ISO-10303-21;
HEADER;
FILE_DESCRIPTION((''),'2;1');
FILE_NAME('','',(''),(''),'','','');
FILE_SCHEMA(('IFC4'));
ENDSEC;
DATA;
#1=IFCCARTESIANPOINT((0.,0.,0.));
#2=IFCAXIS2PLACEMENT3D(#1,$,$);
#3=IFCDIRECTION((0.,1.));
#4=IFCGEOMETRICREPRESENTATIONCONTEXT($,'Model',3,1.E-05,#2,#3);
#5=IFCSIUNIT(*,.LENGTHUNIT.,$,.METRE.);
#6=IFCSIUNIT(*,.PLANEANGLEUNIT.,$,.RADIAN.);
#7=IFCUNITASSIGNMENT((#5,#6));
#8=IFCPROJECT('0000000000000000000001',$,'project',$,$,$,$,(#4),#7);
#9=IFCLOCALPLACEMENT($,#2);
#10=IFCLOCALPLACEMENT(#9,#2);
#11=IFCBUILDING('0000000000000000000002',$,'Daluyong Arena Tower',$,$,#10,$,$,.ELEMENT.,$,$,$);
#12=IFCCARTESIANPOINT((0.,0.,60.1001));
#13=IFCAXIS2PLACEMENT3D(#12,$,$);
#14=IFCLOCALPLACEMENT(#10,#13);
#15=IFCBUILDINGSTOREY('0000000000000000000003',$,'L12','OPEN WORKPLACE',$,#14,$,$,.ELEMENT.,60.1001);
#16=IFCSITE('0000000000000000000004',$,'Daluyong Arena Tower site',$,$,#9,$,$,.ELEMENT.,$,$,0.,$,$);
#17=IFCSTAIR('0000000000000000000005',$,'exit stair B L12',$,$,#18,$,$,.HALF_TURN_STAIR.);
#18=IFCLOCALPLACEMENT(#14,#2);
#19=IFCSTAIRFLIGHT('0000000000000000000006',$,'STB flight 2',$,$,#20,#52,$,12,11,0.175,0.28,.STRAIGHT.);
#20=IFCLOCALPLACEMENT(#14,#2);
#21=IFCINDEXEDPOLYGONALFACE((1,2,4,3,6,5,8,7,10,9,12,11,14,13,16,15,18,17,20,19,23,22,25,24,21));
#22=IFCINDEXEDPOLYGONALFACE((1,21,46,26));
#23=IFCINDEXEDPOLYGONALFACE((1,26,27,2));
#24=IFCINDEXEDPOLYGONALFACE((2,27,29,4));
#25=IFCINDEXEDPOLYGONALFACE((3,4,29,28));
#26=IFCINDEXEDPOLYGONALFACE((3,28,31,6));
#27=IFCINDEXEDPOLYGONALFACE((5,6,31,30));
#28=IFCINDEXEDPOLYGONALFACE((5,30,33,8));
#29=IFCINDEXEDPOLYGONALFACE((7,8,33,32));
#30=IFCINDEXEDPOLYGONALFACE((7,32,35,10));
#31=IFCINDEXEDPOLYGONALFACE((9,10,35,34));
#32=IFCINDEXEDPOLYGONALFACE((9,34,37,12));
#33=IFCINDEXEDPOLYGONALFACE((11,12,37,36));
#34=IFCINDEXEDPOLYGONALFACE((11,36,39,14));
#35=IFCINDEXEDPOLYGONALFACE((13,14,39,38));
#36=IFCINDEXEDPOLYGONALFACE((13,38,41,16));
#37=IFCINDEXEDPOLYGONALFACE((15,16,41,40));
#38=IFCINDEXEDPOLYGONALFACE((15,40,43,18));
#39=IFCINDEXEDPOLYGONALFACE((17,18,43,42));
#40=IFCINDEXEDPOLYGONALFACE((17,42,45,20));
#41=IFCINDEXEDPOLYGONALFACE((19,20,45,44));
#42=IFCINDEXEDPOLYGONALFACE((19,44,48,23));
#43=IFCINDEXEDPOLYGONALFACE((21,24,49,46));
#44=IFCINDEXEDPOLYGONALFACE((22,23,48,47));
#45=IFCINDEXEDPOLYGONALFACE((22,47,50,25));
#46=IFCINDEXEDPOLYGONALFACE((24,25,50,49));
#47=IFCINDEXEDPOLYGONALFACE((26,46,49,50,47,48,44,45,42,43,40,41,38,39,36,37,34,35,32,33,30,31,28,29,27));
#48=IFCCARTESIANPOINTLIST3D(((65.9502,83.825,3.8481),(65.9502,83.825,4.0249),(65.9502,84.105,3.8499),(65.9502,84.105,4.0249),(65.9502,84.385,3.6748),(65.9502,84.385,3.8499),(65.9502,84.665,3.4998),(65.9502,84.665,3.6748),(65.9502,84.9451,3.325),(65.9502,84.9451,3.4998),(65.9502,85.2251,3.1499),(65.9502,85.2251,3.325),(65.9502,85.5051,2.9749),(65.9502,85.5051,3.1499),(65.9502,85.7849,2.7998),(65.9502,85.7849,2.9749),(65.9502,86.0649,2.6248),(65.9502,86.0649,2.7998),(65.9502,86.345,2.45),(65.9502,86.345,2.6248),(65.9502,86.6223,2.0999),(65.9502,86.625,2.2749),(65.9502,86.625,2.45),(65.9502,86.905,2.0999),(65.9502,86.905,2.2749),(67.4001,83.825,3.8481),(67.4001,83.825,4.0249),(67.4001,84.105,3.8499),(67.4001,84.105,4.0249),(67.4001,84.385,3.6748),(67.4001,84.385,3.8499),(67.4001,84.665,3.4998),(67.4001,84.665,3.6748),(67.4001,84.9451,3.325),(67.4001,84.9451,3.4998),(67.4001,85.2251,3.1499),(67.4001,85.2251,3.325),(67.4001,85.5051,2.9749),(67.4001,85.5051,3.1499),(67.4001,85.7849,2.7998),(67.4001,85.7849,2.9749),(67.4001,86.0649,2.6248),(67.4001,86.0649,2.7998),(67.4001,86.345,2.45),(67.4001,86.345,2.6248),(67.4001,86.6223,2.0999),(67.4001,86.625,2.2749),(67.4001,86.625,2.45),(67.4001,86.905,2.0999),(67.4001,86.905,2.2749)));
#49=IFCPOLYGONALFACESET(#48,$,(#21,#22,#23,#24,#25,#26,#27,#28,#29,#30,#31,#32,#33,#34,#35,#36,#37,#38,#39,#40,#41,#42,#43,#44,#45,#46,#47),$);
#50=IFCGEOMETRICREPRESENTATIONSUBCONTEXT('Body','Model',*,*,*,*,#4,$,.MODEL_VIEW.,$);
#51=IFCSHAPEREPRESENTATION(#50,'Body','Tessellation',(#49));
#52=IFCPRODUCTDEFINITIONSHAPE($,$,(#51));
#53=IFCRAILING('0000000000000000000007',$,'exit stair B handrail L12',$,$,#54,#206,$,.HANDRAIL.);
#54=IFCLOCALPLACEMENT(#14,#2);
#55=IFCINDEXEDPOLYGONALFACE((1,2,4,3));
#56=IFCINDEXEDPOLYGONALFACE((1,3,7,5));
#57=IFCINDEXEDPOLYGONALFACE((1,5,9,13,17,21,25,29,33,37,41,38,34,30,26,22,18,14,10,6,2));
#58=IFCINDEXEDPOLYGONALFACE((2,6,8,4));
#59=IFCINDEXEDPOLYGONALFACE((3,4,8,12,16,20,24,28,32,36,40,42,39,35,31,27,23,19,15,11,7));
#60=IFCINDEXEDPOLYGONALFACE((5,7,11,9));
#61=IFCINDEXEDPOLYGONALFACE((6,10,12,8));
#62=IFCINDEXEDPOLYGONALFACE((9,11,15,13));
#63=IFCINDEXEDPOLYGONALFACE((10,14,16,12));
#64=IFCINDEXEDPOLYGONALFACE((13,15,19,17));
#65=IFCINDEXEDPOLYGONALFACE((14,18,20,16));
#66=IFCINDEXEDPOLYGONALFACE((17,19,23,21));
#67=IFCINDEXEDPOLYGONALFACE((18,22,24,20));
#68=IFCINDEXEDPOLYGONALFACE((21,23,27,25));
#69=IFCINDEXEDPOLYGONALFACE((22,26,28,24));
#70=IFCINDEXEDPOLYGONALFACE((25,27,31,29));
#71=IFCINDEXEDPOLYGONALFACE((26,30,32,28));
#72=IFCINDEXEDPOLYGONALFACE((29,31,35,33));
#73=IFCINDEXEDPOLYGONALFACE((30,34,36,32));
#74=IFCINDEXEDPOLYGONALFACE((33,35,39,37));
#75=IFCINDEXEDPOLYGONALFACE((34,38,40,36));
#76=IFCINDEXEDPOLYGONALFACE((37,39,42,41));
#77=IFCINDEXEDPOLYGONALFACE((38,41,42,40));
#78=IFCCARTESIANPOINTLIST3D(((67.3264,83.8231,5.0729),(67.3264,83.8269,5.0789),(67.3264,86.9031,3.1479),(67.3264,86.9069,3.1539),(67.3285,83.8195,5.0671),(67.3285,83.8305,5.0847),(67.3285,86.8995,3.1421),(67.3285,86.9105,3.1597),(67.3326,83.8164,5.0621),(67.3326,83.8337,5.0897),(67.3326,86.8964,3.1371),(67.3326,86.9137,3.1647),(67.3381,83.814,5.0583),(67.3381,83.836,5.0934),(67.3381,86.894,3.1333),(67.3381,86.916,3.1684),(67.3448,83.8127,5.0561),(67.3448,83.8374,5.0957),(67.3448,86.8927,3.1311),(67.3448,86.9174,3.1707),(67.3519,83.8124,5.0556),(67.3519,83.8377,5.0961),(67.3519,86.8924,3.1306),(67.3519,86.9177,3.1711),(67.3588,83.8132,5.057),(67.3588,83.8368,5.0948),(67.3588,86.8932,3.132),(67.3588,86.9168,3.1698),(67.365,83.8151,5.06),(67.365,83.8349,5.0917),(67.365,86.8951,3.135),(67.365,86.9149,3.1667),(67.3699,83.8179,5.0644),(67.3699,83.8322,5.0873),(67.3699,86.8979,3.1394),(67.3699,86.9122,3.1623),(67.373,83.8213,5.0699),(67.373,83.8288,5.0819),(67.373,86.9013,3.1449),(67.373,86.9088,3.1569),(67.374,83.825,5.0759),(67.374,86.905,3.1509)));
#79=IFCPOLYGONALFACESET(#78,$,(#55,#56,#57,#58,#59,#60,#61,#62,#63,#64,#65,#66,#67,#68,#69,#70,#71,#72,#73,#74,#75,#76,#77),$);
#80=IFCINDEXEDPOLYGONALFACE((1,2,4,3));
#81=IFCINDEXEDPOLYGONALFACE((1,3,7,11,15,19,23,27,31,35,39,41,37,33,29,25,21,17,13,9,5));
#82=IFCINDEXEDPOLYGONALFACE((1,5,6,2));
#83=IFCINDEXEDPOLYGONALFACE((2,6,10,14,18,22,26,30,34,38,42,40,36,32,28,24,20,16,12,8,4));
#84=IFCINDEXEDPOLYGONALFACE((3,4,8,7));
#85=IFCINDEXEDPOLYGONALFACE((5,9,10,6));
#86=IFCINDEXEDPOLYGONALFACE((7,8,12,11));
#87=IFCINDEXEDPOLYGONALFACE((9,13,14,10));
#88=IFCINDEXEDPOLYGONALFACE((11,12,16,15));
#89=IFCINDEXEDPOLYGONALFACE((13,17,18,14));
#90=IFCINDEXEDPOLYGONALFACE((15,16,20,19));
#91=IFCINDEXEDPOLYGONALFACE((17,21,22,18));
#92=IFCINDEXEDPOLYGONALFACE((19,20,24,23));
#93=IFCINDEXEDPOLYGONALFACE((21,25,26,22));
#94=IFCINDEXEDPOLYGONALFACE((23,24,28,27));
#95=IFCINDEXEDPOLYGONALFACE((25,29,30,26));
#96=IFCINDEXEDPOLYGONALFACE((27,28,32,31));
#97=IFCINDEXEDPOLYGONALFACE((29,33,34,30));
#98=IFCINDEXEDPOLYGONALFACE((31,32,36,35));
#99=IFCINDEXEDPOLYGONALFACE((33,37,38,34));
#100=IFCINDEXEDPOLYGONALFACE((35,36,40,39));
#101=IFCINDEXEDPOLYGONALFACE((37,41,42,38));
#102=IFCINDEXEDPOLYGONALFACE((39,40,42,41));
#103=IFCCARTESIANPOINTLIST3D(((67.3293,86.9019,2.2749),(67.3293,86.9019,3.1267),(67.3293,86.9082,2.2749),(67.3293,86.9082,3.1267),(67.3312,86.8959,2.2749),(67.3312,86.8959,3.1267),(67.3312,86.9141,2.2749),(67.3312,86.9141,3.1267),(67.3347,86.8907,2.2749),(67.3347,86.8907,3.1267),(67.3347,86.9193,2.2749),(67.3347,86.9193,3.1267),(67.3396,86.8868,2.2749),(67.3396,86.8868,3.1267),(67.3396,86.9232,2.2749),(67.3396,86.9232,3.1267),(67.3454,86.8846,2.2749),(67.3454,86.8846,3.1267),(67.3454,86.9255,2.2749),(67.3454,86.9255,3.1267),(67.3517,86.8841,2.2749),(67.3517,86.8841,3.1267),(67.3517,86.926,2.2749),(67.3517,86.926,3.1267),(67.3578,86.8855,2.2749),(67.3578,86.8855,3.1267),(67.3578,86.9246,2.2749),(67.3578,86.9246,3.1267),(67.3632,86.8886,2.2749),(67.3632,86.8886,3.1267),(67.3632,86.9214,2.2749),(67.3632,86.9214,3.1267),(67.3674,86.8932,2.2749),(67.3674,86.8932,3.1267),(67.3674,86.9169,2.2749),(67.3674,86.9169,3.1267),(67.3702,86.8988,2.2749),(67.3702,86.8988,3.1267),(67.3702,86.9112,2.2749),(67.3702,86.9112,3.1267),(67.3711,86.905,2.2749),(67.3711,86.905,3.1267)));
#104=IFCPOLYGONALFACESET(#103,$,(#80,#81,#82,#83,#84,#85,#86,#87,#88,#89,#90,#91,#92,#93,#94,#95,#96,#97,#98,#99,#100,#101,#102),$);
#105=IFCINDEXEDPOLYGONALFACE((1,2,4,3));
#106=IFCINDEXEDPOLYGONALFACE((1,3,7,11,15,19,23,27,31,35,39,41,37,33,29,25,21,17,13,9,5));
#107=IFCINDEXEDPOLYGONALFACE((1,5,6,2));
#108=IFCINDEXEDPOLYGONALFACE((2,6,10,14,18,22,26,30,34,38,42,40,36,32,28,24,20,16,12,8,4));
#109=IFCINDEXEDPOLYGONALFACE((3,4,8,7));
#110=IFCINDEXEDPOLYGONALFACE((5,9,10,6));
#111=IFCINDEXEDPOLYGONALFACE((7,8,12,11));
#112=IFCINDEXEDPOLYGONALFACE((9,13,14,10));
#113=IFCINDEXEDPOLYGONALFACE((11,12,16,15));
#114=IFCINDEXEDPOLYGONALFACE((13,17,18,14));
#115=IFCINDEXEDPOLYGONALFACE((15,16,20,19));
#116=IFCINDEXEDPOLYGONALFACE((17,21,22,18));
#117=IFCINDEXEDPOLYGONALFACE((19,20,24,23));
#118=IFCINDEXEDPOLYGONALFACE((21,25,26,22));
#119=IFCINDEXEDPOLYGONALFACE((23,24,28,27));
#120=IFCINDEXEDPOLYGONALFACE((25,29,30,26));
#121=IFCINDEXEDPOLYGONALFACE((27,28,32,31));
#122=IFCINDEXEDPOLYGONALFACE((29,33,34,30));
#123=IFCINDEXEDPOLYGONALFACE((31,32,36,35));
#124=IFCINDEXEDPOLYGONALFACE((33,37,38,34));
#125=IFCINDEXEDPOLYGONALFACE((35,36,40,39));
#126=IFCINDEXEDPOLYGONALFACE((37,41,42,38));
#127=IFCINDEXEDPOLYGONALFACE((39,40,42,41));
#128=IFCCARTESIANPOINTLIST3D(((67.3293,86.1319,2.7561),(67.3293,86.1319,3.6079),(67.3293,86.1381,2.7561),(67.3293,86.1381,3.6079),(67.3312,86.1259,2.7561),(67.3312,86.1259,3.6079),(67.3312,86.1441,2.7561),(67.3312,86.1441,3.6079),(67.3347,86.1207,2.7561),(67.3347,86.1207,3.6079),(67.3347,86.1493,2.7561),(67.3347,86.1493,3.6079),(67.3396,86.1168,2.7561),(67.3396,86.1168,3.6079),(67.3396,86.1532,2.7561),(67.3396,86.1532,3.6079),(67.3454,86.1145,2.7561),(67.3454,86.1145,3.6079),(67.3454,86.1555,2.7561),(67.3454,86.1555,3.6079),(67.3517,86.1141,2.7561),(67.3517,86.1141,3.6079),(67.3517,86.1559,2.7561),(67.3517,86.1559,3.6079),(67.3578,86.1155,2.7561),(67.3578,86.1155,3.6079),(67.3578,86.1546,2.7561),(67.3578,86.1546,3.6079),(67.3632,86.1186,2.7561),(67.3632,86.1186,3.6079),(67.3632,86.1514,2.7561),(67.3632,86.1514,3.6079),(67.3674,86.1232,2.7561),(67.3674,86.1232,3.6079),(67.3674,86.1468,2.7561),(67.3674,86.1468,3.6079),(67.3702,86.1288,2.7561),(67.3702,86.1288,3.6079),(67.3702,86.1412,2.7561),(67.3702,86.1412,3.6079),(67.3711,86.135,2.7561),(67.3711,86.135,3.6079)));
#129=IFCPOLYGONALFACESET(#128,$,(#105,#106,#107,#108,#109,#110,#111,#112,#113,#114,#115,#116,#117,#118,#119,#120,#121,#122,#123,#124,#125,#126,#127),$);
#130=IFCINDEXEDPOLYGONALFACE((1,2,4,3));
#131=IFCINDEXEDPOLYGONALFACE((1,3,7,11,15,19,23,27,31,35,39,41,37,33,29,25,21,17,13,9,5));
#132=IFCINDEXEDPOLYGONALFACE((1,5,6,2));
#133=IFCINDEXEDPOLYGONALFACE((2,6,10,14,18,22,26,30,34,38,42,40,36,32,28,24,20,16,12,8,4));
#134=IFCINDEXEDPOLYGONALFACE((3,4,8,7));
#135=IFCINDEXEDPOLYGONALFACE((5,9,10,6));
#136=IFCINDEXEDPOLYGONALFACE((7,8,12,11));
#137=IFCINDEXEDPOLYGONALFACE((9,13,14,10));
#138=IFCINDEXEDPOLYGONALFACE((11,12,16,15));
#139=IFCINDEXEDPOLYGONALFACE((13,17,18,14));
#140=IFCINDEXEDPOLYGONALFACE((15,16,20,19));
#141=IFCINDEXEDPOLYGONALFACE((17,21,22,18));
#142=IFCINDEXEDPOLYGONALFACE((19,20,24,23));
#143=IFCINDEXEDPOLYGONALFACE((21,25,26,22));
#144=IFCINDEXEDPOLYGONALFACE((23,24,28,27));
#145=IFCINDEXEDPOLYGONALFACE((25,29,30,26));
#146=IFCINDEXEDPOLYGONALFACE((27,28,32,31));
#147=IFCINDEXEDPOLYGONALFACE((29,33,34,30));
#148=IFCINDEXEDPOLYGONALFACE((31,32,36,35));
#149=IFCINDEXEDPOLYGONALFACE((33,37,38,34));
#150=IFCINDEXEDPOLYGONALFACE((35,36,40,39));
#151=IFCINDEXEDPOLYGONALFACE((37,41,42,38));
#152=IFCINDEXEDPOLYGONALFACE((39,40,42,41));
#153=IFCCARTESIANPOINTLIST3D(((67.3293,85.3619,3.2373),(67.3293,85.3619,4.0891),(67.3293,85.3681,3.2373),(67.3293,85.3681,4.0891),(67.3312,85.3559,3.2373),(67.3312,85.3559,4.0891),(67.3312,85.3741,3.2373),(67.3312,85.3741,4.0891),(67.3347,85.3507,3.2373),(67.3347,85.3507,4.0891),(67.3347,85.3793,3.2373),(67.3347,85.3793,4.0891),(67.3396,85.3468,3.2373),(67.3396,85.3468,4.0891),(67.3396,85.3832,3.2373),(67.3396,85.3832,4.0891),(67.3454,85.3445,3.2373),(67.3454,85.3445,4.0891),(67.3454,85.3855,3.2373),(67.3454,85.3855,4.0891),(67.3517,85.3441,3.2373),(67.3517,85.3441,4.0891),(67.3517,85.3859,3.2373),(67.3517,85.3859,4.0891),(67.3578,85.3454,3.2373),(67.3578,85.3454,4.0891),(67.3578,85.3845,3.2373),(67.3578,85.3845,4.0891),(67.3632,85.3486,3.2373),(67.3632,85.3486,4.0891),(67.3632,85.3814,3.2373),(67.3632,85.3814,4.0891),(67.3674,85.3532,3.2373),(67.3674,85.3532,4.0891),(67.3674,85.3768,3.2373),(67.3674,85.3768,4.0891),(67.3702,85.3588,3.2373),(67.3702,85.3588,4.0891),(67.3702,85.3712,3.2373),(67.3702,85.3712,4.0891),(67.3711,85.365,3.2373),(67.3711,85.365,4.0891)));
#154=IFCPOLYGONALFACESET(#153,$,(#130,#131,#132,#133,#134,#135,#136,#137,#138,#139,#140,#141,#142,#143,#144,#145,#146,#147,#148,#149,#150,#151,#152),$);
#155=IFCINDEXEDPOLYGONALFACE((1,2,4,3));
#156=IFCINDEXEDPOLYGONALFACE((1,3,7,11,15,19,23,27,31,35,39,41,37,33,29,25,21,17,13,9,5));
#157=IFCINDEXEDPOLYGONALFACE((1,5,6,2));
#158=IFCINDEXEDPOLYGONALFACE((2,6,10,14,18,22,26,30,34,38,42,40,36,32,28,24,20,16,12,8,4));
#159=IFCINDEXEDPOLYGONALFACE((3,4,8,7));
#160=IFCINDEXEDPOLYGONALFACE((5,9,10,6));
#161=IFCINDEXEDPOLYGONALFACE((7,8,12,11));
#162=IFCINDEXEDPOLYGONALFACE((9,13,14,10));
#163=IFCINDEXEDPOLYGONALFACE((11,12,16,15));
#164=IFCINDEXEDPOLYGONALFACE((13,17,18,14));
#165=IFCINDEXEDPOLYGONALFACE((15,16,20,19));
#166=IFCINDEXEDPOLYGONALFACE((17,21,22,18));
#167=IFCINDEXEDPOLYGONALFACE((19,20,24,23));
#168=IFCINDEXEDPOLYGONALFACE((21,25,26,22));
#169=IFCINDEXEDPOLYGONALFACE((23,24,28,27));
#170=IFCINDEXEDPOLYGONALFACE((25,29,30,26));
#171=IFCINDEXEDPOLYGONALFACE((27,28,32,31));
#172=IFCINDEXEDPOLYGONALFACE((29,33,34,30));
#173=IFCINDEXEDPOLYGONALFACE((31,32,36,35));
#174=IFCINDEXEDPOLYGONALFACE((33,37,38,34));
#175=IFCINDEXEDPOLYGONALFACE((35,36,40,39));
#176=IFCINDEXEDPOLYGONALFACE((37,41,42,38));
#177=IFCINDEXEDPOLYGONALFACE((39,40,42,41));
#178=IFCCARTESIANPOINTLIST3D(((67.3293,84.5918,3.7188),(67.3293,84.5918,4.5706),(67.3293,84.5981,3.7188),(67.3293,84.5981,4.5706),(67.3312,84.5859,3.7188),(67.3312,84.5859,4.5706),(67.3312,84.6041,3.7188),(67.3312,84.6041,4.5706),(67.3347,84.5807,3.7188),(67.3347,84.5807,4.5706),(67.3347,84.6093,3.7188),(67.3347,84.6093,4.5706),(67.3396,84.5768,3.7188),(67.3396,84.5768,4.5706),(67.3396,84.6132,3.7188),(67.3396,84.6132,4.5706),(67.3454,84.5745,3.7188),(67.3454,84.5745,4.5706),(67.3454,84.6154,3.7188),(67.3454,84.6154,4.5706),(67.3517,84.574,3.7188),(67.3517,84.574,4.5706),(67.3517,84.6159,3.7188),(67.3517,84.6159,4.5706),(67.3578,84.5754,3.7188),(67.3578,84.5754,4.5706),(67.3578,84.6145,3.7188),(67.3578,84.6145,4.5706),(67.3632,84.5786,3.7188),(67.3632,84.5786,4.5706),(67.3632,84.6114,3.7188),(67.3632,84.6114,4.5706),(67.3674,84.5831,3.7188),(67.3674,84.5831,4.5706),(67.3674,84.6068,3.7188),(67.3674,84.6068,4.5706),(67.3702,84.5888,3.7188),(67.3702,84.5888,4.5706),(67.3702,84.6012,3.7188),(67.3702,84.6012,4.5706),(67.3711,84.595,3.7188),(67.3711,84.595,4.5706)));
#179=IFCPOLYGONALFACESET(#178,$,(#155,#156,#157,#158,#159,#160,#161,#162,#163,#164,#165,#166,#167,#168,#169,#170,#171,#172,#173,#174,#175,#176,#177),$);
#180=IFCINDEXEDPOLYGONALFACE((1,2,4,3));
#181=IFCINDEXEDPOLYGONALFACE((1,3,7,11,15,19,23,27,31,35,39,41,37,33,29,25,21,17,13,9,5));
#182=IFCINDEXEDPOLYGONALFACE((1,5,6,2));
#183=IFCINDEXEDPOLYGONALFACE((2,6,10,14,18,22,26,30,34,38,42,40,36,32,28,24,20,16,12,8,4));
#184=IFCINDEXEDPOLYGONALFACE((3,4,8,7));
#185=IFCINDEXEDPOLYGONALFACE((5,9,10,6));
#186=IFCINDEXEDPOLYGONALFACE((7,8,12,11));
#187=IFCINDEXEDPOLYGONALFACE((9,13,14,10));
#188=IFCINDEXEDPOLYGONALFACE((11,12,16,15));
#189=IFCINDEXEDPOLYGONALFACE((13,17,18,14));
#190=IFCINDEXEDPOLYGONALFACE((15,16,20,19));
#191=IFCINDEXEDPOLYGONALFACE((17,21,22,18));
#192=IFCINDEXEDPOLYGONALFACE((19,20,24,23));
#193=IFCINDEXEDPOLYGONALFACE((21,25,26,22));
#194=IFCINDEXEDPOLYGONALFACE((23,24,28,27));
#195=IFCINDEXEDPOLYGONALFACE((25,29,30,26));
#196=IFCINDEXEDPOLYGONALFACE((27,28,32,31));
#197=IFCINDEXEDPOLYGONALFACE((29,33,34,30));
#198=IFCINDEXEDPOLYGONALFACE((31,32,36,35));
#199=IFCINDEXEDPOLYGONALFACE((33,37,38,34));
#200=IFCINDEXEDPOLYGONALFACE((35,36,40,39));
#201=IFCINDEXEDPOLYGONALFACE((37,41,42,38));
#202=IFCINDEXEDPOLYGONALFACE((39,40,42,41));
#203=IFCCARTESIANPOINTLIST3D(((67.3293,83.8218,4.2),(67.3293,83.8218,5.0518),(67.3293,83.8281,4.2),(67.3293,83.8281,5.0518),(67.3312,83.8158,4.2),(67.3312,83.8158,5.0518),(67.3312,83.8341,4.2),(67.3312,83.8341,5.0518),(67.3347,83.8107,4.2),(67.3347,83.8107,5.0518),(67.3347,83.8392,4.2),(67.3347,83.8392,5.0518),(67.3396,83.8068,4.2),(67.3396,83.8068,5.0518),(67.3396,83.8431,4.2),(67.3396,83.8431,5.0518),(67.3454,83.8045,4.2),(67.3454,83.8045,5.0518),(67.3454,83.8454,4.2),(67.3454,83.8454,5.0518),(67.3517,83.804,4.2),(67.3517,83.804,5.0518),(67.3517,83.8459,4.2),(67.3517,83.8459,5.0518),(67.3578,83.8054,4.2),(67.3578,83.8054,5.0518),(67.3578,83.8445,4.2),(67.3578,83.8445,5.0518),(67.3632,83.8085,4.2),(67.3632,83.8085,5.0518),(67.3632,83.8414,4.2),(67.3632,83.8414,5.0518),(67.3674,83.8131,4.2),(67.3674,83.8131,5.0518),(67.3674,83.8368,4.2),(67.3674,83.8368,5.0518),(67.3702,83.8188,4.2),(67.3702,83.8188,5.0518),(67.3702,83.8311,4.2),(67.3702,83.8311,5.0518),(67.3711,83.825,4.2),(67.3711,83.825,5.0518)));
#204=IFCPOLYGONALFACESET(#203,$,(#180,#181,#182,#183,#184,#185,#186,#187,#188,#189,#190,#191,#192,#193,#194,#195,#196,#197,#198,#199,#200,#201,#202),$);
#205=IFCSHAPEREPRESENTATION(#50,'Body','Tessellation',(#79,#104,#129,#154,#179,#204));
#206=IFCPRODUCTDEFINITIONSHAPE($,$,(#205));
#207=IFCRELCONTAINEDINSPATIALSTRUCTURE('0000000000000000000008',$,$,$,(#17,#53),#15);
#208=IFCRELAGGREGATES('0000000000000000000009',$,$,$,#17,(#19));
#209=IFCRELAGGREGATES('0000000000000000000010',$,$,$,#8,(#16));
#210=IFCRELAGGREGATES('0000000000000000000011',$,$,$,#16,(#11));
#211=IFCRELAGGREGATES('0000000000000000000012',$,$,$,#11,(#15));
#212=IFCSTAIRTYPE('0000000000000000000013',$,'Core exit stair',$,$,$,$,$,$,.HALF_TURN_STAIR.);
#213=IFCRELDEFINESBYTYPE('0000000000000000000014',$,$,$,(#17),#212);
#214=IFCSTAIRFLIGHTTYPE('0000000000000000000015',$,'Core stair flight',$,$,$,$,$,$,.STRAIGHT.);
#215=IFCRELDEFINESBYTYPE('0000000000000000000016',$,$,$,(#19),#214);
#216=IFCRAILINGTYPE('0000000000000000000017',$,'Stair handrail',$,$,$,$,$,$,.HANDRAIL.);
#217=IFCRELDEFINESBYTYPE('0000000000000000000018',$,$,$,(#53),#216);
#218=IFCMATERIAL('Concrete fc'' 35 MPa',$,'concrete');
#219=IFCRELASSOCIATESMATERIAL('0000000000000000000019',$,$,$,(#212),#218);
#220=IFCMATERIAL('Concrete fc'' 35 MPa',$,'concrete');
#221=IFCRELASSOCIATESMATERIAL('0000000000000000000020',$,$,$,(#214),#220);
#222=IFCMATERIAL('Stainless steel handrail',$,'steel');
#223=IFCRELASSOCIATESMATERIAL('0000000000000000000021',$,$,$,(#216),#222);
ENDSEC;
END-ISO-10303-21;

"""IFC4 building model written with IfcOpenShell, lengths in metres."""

from ifc_helpers import new_model, si_unit, direction, frame, origin, origin_2d, place, context, subcontext, project, spatial, polyline, circle, outline, extrude, material, type_object, element, aggregate, save


model = new_model("IFC4")

# Units and contexts
model_context = context("Model", 3, precision=1e-05, world=origin(), true_north=direction((0.0, 1.0)))
body_context = subcontext(model_context, "Body", "Model", "MODEL_VIEW")
ifc_project = project(units=[si_unit("LENGTHUNIT", "METRE"), si_unit("PLANEANGLEUNIT", "RADIAN")], contexts=[model_context])

# Site, building, storey
site_placement = place(None, origin())
site = spatial("IfcSite", under=ifc_project, at=site_placement, Name="Daluyong Arena Tower site", CompositionType="ELEMENT", RefElevation=0.0)
building_placement = place(site_placement, origin())
building = spatial("IfcBuilding", under=site, at=building_placement, Name="Daluyong Arena Tower", CompositionType="ELEMENT")
storey_placement = place(building_placement, frame((0.0, 0.0, 60.1001)))
storey = spatial("IfcBuildingStorey", under=building, at=storey_placement, Name="L12", Description="OPEN WORKPLACE", CompositionType="ELEMENT", Elevation=60.1001)

# Stair, stair flight
ifc_material_1 = material(Name="Concrete fc' 35 MPa", Category="concrete")
stair_type = type_object("IfcStairType", Name="Core exit stair", PredefinedType="HALF_TURN_STAIR", material=ifc_material_1)
stair_placement = place(storey_placement, origin())
stair = element("IfcStair", 1, at=stair_placement, inside=storey, type_object=stair_type, Name="exit stair B L12", PredefinedType="HALF_TURN_STAIR")
ifc_material_2 = material(Name="Concrete fc' 35 MPa", Category="concrete")
stair_flight_type = type_object("IfcStairFlightType", Name="Core stair flight", PredefinedType="STRAIGHT", material=ifc_material_2)
stair_flight_placement = place(storey_placement, frame((66.675, 86.905, 2.0999), z_axis=(0.0, 0.0, 1.0), x_axis=(0.0, -1.0, 0.0)))
stair_flight = element("IfcStairFlight", 2, at=stair_flight_placement, type_object=stair_flight_type, Name="STB flight 2", NumberOfRisers=12, NumberOfTreads=11, PredefinedType="STRAIGHT", RiserHeight=0.175, TreadLength=0.28, context=body_context, shape_type="SweptSolid", body=[
    extrude(outline(polyline([(0.0, 0.0), (0.0, 0.175), (0.28, 0.175), (0.28, 0.3501), (0.5601, 0.3501), (0.5601, 0.5249), (0.8401, 0.5249), (0.8401, 0.7), (1.1201, 0.7), (1.1201, 0.875), (1.3999, 0.875), (1.3999, 1.05), (1.6799, 1.05), (1.6799, 1.2251), (1.96, 1.2251), (1.96, 1.3999), (2.24, 1.3999), (2.24, 1.575), (2.52, 1.575), (2.52, 1.75), (2.8, 1.75), (2.8, 1.925), (3.0801, 1.925), (3.0801, 2.1001), (3.0801, 1.7483), (0.2827, 0.0), (0.0, 0.0)])), frame((0.0, 0.7251, 0.0), z_axis=(0.0, -1.0, 0.0), x_axis=(1.0, 0.0, 0.0)), (0.0, 0.0, 1.0), 1.45),
])
aggregate(stair, [stair_flight])

# Railing
ifc_material_3 = material(Name="Stainless steel handrail", Category="steel")
railing_type = type_object("IfcRailingType", Name="Stair handrail", PredefinedType="HANDRAIL", material=ifc_material_3)
railing_placement = place(storey_placement, frame((67.3501, 86.905, 2.2749)))
element("IfcRailing", 3, at=railing_placement, inside=storey, type_object=railing_type, Name="exit stair B handrail L12", PredefinedType="HANDRAIL", context=body_context, shape_type="SweptSolid", body=[
    extrude(circle(Radius=0.0239, at=origin_2d()), frame((0.0, 0.0, 0.876), z_axis=(0.0, -0.847998, 0.529999), x_axis=(1.0, 0.0, 0.0)), (0.0, 0.0, 1.0), 3.6321),
    extrude(circle(Radius=0.021, at=origin_2d()), origin(), (0.0, 0.0, 1.0), 0.8518),
    extrude(circle(Radius=0.021, at=origin_2d()), frame((0.0, -0.77, 0.4812)), (0.0, 0.0, 1.0), 0.8518),
    extrude(circle(Radius=0.021, at=origin_2d()), frame((0.0, -1.54, 0.9624)), (0.0, 0.0, 1.0), 0.8518),
    extrude(circle(Radius=0.021, at=origin_2d()), frame((0.0, -2.3101, 1.4438)), (0.0, 0.0, 1.0), 0.8518),
    extrude(circle(Radius=0.021, at=origin_2d()), frame((0.0, -3.0801, 1.925)), (0.0, 0.0, 1.0), 0.8518),
])

save(model, "model.ifc")
